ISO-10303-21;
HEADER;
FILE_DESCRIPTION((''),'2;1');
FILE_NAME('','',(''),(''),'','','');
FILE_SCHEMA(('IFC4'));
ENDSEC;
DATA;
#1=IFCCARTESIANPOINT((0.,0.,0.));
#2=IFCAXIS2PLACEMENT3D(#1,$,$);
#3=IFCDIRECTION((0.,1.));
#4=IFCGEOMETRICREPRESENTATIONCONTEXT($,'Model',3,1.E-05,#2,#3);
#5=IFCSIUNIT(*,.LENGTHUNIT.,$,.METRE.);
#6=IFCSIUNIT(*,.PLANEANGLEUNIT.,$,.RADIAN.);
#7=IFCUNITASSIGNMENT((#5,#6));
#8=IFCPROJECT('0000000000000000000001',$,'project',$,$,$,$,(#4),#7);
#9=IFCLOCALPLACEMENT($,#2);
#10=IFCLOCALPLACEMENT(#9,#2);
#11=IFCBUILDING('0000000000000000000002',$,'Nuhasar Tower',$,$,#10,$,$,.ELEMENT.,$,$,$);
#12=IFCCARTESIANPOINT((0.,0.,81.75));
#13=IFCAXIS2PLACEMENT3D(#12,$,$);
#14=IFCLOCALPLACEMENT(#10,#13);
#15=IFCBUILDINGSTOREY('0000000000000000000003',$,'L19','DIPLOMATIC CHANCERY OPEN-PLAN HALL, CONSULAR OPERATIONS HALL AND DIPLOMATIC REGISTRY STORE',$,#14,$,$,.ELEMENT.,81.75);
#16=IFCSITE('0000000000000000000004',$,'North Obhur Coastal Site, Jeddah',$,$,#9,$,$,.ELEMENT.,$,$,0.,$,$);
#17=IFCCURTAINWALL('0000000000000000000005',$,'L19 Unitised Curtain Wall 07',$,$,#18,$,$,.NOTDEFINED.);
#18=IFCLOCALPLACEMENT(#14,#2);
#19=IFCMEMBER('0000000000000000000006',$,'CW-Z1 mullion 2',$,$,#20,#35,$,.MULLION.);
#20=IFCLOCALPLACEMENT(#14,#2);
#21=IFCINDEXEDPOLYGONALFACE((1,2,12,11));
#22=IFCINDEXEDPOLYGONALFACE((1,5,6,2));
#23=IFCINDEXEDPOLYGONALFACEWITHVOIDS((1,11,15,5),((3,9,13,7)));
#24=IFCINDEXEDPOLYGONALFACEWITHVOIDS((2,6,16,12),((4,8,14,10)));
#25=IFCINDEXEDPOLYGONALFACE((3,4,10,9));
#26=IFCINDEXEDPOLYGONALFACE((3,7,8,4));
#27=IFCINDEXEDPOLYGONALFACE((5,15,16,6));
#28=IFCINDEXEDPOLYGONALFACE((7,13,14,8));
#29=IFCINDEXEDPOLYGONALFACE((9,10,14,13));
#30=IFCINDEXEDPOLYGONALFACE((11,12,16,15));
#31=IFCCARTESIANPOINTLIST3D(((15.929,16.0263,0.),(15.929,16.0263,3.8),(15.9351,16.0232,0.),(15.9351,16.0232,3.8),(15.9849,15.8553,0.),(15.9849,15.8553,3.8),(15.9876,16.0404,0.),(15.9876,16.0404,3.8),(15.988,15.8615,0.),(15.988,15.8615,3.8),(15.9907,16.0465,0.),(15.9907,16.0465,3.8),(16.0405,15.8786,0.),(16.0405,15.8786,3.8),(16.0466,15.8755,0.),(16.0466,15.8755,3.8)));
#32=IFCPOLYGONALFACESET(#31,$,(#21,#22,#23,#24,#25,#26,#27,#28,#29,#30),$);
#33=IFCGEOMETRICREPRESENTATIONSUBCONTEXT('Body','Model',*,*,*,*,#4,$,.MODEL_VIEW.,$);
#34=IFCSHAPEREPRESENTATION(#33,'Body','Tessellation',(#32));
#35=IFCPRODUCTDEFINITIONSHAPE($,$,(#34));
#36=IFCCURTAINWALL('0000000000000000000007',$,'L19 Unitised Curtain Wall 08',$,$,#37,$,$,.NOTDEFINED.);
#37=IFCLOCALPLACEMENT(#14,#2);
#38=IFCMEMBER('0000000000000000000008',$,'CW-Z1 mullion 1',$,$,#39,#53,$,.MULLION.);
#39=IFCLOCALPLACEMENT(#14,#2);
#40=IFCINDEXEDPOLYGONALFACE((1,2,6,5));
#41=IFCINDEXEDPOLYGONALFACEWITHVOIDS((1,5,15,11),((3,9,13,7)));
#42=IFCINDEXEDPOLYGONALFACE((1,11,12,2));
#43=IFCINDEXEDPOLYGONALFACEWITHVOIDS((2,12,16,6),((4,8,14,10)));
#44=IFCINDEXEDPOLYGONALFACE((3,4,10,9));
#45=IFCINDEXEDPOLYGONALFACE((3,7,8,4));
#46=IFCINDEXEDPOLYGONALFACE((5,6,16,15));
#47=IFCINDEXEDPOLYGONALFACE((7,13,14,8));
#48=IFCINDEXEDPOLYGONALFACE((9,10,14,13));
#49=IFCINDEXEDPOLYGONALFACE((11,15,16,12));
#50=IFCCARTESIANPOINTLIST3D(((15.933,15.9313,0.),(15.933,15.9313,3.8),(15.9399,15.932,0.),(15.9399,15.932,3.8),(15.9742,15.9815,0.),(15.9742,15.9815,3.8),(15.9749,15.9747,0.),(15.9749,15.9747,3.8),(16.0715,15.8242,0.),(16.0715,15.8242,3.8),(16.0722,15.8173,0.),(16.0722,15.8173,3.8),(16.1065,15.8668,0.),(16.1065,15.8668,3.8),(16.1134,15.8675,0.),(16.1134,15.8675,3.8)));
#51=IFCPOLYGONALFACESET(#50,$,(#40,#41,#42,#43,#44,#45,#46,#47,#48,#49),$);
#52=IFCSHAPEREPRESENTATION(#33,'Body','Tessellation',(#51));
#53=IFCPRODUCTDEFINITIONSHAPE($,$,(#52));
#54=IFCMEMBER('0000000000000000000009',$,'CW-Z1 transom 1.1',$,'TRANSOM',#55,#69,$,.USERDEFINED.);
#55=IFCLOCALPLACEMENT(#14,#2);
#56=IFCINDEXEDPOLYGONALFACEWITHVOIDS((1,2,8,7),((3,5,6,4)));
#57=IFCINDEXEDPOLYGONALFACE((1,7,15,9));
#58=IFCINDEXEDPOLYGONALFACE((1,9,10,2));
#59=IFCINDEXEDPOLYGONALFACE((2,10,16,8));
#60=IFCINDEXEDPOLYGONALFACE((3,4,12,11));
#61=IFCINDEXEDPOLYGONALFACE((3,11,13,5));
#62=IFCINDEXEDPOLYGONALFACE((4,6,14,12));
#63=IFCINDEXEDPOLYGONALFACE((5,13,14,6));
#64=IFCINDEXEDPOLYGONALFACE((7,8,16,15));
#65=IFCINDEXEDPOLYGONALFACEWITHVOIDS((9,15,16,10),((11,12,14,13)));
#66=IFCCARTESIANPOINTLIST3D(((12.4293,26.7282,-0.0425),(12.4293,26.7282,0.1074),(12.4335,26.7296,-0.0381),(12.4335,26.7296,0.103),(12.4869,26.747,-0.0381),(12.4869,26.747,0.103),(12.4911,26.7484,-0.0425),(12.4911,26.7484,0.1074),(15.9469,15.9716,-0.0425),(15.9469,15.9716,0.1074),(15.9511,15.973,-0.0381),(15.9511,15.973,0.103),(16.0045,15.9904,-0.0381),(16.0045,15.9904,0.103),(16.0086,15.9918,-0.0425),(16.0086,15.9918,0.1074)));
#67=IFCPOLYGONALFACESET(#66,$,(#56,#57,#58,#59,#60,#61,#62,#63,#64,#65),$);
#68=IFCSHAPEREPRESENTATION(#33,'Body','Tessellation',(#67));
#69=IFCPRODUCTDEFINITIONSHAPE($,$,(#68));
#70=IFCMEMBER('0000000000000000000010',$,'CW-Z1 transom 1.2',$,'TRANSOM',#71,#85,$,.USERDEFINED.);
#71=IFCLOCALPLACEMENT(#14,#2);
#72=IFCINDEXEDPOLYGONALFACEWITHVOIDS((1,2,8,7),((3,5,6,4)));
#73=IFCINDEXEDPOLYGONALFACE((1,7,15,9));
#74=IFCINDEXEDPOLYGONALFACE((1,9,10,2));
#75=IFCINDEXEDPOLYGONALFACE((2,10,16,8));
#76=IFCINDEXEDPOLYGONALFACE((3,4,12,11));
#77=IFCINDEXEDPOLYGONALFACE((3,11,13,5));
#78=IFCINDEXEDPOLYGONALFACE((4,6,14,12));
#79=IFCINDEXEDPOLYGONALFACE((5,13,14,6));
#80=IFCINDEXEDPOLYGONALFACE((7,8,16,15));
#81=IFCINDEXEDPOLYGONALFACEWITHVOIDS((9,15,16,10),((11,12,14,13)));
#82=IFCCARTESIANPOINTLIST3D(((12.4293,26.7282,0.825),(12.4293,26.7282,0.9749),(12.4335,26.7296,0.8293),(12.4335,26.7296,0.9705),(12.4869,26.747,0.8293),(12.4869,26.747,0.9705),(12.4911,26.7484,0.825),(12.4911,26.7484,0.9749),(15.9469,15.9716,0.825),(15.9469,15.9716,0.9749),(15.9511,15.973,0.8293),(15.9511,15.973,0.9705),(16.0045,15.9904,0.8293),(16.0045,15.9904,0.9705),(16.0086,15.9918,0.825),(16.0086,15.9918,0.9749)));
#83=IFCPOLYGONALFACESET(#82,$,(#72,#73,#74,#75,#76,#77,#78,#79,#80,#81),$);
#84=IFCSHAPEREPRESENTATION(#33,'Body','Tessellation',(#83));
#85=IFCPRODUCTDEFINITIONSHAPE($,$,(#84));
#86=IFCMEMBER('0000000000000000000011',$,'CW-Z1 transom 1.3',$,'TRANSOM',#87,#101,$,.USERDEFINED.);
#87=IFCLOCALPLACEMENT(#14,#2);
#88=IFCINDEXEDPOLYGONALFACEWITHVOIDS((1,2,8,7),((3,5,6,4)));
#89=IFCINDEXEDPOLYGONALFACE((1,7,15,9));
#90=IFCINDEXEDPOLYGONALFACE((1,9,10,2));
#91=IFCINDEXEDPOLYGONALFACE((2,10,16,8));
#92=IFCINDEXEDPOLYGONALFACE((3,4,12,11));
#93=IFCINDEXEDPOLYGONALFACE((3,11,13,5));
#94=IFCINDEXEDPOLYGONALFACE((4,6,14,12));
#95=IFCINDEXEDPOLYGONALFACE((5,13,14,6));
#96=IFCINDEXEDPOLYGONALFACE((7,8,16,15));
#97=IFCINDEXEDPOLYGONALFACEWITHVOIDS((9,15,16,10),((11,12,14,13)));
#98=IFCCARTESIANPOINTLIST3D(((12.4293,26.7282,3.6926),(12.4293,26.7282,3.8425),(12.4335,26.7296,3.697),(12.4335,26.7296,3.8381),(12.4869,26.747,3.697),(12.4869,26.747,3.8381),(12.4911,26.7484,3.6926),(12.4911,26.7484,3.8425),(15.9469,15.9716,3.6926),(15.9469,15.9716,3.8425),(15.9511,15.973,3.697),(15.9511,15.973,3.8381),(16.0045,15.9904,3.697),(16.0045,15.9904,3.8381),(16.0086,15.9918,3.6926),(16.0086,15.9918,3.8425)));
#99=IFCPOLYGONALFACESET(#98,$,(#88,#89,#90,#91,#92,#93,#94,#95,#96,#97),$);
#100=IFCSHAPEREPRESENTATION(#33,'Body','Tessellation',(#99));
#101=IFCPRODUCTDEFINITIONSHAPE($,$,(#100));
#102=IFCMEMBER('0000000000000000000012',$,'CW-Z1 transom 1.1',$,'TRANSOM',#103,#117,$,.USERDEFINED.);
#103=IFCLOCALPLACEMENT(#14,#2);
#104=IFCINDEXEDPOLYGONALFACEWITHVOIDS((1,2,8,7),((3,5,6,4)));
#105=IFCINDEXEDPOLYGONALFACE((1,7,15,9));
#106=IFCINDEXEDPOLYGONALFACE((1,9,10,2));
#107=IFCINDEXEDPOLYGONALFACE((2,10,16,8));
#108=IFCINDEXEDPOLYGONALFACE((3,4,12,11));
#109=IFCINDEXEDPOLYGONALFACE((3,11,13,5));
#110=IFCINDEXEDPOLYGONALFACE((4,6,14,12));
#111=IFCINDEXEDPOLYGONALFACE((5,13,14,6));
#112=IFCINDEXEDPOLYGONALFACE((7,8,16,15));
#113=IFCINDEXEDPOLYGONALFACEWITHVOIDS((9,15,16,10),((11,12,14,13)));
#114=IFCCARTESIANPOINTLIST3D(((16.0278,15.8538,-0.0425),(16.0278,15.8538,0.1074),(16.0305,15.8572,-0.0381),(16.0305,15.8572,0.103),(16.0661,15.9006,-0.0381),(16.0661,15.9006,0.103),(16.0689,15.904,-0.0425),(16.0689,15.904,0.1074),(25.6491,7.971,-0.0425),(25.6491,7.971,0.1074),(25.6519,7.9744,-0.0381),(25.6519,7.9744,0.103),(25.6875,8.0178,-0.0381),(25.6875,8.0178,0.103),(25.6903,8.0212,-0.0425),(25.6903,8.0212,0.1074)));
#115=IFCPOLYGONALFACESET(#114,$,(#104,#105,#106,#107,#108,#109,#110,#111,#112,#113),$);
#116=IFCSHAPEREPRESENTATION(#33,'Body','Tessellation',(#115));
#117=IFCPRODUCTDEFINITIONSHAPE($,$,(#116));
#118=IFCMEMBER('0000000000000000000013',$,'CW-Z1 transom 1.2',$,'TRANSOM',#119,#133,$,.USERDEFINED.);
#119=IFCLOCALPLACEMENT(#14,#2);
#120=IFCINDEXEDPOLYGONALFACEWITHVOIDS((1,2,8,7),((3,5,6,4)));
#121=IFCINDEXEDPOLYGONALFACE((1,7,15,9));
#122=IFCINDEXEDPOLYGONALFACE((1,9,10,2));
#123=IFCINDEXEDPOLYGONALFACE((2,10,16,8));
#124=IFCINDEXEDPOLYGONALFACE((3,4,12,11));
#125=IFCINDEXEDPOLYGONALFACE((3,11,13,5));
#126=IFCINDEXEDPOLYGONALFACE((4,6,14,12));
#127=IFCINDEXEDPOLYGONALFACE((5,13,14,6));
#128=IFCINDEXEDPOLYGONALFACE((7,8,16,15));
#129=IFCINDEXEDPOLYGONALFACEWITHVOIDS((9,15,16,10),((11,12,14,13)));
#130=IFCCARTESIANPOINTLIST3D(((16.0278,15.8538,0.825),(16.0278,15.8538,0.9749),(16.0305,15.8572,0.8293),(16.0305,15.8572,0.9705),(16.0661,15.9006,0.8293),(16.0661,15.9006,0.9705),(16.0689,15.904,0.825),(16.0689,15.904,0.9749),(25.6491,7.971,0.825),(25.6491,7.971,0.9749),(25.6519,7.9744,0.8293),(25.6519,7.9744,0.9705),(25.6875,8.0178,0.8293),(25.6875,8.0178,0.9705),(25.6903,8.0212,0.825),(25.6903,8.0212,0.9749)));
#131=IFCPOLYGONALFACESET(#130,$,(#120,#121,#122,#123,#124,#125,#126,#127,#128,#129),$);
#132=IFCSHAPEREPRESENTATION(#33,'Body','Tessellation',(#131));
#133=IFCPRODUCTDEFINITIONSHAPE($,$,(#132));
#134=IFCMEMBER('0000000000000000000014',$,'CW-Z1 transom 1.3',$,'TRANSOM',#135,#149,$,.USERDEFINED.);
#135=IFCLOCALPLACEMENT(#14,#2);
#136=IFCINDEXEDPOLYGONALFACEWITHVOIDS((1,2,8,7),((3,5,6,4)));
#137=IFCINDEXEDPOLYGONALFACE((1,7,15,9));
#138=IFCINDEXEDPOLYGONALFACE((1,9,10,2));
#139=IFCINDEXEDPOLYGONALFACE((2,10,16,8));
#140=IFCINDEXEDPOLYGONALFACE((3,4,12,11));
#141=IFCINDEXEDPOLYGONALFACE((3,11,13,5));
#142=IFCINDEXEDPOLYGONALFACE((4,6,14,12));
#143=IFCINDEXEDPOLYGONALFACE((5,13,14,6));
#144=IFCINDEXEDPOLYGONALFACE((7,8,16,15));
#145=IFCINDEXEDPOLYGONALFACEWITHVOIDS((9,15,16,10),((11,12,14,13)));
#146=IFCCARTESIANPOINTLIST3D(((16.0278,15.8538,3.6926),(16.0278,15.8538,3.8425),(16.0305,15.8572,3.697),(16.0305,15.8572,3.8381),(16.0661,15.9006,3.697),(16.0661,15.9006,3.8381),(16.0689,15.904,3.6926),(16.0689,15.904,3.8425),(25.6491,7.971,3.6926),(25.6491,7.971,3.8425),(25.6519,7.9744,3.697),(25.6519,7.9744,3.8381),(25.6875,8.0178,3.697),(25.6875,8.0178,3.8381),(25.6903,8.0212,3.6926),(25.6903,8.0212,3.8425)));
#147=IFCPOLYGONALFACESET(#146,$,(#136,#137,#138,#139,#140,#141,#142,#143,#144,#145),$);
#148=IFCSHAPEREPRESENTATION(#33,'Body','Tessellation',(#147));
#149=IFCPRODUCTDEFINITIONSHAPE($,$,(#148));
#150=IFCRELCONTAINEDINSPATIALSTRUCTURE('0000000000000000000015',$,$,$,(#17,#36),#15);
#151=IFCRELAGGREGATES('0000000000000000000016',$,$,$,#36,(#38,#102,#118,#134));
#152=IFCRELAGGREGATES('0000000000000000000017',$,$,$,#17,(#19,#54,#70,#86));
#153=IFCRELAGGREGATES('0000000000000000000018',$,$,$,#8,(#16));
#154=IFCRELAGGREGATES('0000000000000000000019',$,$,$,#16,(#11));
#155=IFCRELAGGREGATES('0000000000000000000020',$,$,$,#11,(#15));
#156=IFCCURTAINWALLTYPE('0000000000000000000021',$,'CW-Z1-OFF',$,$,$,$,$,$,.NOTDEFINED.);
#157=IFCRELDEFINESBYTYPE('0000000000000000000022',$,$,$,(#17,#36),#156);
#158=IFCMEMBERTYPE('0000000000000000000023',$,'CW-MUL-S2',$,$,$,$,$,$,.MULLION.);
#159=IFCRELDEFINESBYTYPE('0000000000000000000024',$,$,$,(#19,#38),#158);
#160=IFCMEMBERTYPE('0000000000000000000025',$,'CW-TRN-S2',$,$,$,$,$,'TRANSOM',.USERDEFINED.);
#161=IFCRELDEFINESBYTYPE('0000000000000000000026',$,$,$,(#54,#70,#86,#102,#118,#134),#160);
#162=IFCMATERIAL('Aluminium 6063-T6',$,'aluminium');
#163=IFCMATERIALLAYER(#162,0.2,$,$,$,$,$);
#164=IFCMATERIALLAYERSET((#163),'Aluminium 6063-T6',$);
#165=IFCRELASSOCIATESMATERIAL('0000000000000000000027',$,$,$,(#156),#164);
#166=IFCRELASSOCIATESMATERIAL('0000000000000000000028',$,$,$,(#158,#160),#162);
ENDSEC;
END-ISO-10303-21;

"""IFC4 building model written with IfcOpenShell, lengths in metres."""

from ifc_helpers import new_model, si_unit, direction, frame, origin, origin_2d, place, context, subcontext, project, spatial, hollow_rectangle, extrude, material, layer, layer_set, material_profile, profile_set, type_object, element, aggregate, save


model = new_model("IFC4")

# Units and contexts
model_context = context("Model", 3, precision=1e-05, world=origin(), true_north=direction((0.0, 1.0)))
body_context = subcontext(model_context, "Body", "Model", "MODEL_VIEW")
ifc_project = project(units=[si_unit("LENGTHUNIT", "METRE"), si_unit("PLANEANGLEUNIT", "RADIAN")], contexts=[model_context])

# Site, building, storey
site_placement = place(None, origin())
site = spatial("IfcSite", under=ifc_project, at=site_placement, Name="North Obhur Coastal Site, Jeddah", CompositionType="ELEMENT", RefElevation=0.0)
building_placement = place(site_placement, origin())
building = spatial("IfcBuilding", under=site, at=building_placement, Name="Nuhasar Tower", CompositionType="ELEMENT")
storey_placement = place(building_placement, frame((0.0, 0.0, 81.75)))
storey = spatial("IfcBuildingStorey", under=building, at=storey_placement, Name="L19", Description="DIPLOMATIC CHANCERY OPEN-PLAN HALL, CONSULAR OPERATIONS HALL AND DIPLOMATIC REGISTRY STORE", CompositionType="ELEMENT", Elevation=81.75)

# Curtain wall, member
ifc_material_1 = material(Name="Aluminium 6063-T6", Category="aluminium")
ifc_layer_1 = layer(ifc_material_1, 0.2)
ifc_layer_set_1 = layer_set([ifc_layer_1], Name="Aluminium 6063-T6")
curtain_wall_type = type_object("IfcCurtainWallType", Name="CW-Z1-OFF", PredefinedType="NOTDEFINED", material=ifc_layer_set_1)
curtain_wall_1_placement = place(storey_placement, origin())
curtain_wall_1 = element("IfcCurtainWall", 1, at=curtain_wall_1_placement, inside=storey, type_object=curtain_wall_type, Name="L19 Unitised Curtain Wall 07", PredefinedType="NOTDEFINED")
ifc_material_profile_1 = material_profile(ifc_material_1, hollow_rectangle(XDim=0.0649, YDim=0.1799, WallThickness=0.0049, at=origin_2d()), Name="CWM-2")
ifc_profile_set_1 = profile_set([ifc_material_profile_1], Name="Aluminium 6063-T6")
member_type_1 = type_object("IfcMemberType", Name="CW-MUL-S2", PredefinedType="MULLION", material=ifc_profile_set_1)
member_1_placement = place(storey_placement, frame((15.9878, 15.9509, 0.0), z_axis=(0.0, 0.0, 1.0), x_axis=(0.950468, 0.310824, 0.0)))
member_1 = element("IfcMember", 2, at=member_1_placement, type_object=member_type_1, Name="CW-Z1 mullion 2", PredefinedType="MULLION", context=body_context, shape_type="SweptSolid", body=[
    extrude(hollow_rectangle(XDim=0.0649, YDim=0.1799, WallThickness=0.0049, at=origin_2d()), origin(), (0.0, 0.0, 1.0), 3.8),
])

# Curtain wall, member
curtain_wall_2_placement = place(storey_placement, origin())
curtain_wall_2 = element("IfcCurtainWall", 3, at=curtain_wall_2_placement, inside=storey, type_object=curtain_wall_type, Name="L19 Unitised Curtain Wall 08", PredefinedType="NOTDEFINED")
member_2_placement = place(storey_placement, frame((16.0232, 15.8994, 0.0), z_axis=(0.0, 0.0, 1.0), x_axis=(0.633745, 0.773542, 0.0)))
member_2 = element("IfcMember", 4, at=member_2_placement, type_object=member_type_1, Name="CW-Z1 mullion 1", PredefinedType="MULLION", context=body_context, shape_type="SweptSolid", body=[
    extrude(hollow_rectangle(XDim=0.0649, YDim=0.1799, WallThickness=0.0049, at=origin_2d()), origin(), (0.0, 0.0, 1.0), 3.8),
])

# Members
ifc_material_profile_2 = material_profile(ifc_material_1, hollow_rectangle(XDim=0.0649, YDim=0.1499, WallThickness=0.0044, at=origin_2d()), Name="CWT-2")
ifc_profile_set_2 = profile_set([ifc_material_profile_2], Name="Aluminium 6063-T6")
member_type_2 = type_object("IfcMemberType", Name="CW-TRN-S2", ElementType="TRANSOM", PredefinedType="USERDEFINED", material=ifc_profile_set_2)
member_3_placement = place(storey_placement, frame((12.4602, 26.7383, 0.0325), z_axis=(0.310819, -0.950469, 0.0), x_axis=(0.950469, 0.310819, 0.0)))
member_3 = element("IfcMember", 5, at=member_3_placement, type_object=member_type_2, Name="CW-Z1 transom 1.1", ObjectType="TRANSOM", PredefinedType="USERDEFINED", context=body_context, shape_type="SweptSolid", body=[
    extrude(hollow_rectangle(XDim=0.0649, YDim=0.1499, WallThickness=0.0044, at=origin_2d()), origin(), (0.0, 0.0, 1.0), 11.3171),
])
member_4_placement = place(storey_placement, frame((12.4602, 26.7383, 0.8999), z_axis=(0.310819, -0.950469, 0.0), x_axis=(0.950469, 0.310819, 0.0)))
member_4 = element("IfcMember", 6, at=member_4_placement, type_object=member_type_2, Name="CW-Z1 transom 1.2", ObjectType="TRANSOM", PredefinedType="USERDEFINED", context=body_context, shape_type="SweptSolid", body=[
    extrude(hollow_rectangle(XDim=0.0649, YDim=0.1499, WallThickness=0.0044, at=origin_2d()), origin(), (0.0, 0.0, 1.0), 11.3171),
])
member_5_placement = place(storey_placement, frame((12.4602, 26.7383, 3.7676), z_axis=(0.310819, -0.950469, 0.0), x_axis=(0.950469, 0.310819, 0.0)))
member_5 = element("IfcMember", 7, at=member_5_placement, type_object=member_type_2, Name="CW-Z1 transom 1.3", ObjectType="TRANSOM", PredefinedType="USERDEFINED", context=body_context, shape_type="SweptSolid", body=[
    extrude(hollow_rectangle(XDim=0.0649, YDim=0.1499, WallThickness=0.0044, at=origin_2d()), origin(), (0.0, 0.0, 1.0), 11.3171),
])
member_6_placement = place(storey_placement, frame((16.0483, 15.8789, 0.0325), z_axis=(0.773531, -0.633758, 0.0), x_axis=(0.633758, 0.773531, 0.0)))
member_6 = element("IfcMember", 8, at=member_6_placement, type_object=member_type_2, Name="CW-Z1 transom 1.1", ObjectType="TRANSOM", PredefinedType="USERDEFINED", context=body_context, shape_type="SweptSolid", body=[
    extrude(hollow_rectangle(XDim=0.0649, YDim=0.1499, WallThickness=0.0044, at=origin_2d()), origin(), (0.0, 0.0, 1.0), 12.4382),
])
member_7_placement = place(storey_placement, frame((16.0483, 15.8789, 0.8999), z_axis=(0.773531, -0.633758, 0.0), x_axis=(0.633758, 0.773531, 0.0)))
member_7 = element("IfcMember", 9, at=member_7_placement, type_object=member_type_2, Name="CW-Z1 transom 1.2", ObjectType="TRANSOM", PredefinedType="USERDEFINED", context=body_context, shape_type="SweptSolid", body=[
    extrude(hollow_rectangle(XDim=0.0649, YDim=0.1499, WallThickness=0.0044, at=origin_2d()), origin(), (0.0, 0.0, 1.0), 12.4382),
])
member_8_placement = place(storey_placement, frame((16.0483, 15.8789, 3.7676), z_axis=(0.773531, -0.633758, 0.0), x_axis=(0.633758, 0.773531, 0.0)))
member_8 = element("IfcMember", 10, at=member_8_placement, type_object=member_type_2, Name="CW-Z1 transom 1.3", ObjectType="TRANSOM", PredefinedType="USERDEFINED", context=body_context, shape_type="SweptSolid", body=[
    extrude(hollow_rectangle(XDim=0.0649, YDim=0.1499, WallThickness=0.0044, at=origin_2d()), origin(), (0.0, 0.0, 1.0), 12.4382),
])
aggregate(curtain_wall_2, [member_2, member_6, member_7, member_8])

aggregate(curtain_wall_1, [member_1, member_3, member_4, member_5])

save(model, "model.ifc")
